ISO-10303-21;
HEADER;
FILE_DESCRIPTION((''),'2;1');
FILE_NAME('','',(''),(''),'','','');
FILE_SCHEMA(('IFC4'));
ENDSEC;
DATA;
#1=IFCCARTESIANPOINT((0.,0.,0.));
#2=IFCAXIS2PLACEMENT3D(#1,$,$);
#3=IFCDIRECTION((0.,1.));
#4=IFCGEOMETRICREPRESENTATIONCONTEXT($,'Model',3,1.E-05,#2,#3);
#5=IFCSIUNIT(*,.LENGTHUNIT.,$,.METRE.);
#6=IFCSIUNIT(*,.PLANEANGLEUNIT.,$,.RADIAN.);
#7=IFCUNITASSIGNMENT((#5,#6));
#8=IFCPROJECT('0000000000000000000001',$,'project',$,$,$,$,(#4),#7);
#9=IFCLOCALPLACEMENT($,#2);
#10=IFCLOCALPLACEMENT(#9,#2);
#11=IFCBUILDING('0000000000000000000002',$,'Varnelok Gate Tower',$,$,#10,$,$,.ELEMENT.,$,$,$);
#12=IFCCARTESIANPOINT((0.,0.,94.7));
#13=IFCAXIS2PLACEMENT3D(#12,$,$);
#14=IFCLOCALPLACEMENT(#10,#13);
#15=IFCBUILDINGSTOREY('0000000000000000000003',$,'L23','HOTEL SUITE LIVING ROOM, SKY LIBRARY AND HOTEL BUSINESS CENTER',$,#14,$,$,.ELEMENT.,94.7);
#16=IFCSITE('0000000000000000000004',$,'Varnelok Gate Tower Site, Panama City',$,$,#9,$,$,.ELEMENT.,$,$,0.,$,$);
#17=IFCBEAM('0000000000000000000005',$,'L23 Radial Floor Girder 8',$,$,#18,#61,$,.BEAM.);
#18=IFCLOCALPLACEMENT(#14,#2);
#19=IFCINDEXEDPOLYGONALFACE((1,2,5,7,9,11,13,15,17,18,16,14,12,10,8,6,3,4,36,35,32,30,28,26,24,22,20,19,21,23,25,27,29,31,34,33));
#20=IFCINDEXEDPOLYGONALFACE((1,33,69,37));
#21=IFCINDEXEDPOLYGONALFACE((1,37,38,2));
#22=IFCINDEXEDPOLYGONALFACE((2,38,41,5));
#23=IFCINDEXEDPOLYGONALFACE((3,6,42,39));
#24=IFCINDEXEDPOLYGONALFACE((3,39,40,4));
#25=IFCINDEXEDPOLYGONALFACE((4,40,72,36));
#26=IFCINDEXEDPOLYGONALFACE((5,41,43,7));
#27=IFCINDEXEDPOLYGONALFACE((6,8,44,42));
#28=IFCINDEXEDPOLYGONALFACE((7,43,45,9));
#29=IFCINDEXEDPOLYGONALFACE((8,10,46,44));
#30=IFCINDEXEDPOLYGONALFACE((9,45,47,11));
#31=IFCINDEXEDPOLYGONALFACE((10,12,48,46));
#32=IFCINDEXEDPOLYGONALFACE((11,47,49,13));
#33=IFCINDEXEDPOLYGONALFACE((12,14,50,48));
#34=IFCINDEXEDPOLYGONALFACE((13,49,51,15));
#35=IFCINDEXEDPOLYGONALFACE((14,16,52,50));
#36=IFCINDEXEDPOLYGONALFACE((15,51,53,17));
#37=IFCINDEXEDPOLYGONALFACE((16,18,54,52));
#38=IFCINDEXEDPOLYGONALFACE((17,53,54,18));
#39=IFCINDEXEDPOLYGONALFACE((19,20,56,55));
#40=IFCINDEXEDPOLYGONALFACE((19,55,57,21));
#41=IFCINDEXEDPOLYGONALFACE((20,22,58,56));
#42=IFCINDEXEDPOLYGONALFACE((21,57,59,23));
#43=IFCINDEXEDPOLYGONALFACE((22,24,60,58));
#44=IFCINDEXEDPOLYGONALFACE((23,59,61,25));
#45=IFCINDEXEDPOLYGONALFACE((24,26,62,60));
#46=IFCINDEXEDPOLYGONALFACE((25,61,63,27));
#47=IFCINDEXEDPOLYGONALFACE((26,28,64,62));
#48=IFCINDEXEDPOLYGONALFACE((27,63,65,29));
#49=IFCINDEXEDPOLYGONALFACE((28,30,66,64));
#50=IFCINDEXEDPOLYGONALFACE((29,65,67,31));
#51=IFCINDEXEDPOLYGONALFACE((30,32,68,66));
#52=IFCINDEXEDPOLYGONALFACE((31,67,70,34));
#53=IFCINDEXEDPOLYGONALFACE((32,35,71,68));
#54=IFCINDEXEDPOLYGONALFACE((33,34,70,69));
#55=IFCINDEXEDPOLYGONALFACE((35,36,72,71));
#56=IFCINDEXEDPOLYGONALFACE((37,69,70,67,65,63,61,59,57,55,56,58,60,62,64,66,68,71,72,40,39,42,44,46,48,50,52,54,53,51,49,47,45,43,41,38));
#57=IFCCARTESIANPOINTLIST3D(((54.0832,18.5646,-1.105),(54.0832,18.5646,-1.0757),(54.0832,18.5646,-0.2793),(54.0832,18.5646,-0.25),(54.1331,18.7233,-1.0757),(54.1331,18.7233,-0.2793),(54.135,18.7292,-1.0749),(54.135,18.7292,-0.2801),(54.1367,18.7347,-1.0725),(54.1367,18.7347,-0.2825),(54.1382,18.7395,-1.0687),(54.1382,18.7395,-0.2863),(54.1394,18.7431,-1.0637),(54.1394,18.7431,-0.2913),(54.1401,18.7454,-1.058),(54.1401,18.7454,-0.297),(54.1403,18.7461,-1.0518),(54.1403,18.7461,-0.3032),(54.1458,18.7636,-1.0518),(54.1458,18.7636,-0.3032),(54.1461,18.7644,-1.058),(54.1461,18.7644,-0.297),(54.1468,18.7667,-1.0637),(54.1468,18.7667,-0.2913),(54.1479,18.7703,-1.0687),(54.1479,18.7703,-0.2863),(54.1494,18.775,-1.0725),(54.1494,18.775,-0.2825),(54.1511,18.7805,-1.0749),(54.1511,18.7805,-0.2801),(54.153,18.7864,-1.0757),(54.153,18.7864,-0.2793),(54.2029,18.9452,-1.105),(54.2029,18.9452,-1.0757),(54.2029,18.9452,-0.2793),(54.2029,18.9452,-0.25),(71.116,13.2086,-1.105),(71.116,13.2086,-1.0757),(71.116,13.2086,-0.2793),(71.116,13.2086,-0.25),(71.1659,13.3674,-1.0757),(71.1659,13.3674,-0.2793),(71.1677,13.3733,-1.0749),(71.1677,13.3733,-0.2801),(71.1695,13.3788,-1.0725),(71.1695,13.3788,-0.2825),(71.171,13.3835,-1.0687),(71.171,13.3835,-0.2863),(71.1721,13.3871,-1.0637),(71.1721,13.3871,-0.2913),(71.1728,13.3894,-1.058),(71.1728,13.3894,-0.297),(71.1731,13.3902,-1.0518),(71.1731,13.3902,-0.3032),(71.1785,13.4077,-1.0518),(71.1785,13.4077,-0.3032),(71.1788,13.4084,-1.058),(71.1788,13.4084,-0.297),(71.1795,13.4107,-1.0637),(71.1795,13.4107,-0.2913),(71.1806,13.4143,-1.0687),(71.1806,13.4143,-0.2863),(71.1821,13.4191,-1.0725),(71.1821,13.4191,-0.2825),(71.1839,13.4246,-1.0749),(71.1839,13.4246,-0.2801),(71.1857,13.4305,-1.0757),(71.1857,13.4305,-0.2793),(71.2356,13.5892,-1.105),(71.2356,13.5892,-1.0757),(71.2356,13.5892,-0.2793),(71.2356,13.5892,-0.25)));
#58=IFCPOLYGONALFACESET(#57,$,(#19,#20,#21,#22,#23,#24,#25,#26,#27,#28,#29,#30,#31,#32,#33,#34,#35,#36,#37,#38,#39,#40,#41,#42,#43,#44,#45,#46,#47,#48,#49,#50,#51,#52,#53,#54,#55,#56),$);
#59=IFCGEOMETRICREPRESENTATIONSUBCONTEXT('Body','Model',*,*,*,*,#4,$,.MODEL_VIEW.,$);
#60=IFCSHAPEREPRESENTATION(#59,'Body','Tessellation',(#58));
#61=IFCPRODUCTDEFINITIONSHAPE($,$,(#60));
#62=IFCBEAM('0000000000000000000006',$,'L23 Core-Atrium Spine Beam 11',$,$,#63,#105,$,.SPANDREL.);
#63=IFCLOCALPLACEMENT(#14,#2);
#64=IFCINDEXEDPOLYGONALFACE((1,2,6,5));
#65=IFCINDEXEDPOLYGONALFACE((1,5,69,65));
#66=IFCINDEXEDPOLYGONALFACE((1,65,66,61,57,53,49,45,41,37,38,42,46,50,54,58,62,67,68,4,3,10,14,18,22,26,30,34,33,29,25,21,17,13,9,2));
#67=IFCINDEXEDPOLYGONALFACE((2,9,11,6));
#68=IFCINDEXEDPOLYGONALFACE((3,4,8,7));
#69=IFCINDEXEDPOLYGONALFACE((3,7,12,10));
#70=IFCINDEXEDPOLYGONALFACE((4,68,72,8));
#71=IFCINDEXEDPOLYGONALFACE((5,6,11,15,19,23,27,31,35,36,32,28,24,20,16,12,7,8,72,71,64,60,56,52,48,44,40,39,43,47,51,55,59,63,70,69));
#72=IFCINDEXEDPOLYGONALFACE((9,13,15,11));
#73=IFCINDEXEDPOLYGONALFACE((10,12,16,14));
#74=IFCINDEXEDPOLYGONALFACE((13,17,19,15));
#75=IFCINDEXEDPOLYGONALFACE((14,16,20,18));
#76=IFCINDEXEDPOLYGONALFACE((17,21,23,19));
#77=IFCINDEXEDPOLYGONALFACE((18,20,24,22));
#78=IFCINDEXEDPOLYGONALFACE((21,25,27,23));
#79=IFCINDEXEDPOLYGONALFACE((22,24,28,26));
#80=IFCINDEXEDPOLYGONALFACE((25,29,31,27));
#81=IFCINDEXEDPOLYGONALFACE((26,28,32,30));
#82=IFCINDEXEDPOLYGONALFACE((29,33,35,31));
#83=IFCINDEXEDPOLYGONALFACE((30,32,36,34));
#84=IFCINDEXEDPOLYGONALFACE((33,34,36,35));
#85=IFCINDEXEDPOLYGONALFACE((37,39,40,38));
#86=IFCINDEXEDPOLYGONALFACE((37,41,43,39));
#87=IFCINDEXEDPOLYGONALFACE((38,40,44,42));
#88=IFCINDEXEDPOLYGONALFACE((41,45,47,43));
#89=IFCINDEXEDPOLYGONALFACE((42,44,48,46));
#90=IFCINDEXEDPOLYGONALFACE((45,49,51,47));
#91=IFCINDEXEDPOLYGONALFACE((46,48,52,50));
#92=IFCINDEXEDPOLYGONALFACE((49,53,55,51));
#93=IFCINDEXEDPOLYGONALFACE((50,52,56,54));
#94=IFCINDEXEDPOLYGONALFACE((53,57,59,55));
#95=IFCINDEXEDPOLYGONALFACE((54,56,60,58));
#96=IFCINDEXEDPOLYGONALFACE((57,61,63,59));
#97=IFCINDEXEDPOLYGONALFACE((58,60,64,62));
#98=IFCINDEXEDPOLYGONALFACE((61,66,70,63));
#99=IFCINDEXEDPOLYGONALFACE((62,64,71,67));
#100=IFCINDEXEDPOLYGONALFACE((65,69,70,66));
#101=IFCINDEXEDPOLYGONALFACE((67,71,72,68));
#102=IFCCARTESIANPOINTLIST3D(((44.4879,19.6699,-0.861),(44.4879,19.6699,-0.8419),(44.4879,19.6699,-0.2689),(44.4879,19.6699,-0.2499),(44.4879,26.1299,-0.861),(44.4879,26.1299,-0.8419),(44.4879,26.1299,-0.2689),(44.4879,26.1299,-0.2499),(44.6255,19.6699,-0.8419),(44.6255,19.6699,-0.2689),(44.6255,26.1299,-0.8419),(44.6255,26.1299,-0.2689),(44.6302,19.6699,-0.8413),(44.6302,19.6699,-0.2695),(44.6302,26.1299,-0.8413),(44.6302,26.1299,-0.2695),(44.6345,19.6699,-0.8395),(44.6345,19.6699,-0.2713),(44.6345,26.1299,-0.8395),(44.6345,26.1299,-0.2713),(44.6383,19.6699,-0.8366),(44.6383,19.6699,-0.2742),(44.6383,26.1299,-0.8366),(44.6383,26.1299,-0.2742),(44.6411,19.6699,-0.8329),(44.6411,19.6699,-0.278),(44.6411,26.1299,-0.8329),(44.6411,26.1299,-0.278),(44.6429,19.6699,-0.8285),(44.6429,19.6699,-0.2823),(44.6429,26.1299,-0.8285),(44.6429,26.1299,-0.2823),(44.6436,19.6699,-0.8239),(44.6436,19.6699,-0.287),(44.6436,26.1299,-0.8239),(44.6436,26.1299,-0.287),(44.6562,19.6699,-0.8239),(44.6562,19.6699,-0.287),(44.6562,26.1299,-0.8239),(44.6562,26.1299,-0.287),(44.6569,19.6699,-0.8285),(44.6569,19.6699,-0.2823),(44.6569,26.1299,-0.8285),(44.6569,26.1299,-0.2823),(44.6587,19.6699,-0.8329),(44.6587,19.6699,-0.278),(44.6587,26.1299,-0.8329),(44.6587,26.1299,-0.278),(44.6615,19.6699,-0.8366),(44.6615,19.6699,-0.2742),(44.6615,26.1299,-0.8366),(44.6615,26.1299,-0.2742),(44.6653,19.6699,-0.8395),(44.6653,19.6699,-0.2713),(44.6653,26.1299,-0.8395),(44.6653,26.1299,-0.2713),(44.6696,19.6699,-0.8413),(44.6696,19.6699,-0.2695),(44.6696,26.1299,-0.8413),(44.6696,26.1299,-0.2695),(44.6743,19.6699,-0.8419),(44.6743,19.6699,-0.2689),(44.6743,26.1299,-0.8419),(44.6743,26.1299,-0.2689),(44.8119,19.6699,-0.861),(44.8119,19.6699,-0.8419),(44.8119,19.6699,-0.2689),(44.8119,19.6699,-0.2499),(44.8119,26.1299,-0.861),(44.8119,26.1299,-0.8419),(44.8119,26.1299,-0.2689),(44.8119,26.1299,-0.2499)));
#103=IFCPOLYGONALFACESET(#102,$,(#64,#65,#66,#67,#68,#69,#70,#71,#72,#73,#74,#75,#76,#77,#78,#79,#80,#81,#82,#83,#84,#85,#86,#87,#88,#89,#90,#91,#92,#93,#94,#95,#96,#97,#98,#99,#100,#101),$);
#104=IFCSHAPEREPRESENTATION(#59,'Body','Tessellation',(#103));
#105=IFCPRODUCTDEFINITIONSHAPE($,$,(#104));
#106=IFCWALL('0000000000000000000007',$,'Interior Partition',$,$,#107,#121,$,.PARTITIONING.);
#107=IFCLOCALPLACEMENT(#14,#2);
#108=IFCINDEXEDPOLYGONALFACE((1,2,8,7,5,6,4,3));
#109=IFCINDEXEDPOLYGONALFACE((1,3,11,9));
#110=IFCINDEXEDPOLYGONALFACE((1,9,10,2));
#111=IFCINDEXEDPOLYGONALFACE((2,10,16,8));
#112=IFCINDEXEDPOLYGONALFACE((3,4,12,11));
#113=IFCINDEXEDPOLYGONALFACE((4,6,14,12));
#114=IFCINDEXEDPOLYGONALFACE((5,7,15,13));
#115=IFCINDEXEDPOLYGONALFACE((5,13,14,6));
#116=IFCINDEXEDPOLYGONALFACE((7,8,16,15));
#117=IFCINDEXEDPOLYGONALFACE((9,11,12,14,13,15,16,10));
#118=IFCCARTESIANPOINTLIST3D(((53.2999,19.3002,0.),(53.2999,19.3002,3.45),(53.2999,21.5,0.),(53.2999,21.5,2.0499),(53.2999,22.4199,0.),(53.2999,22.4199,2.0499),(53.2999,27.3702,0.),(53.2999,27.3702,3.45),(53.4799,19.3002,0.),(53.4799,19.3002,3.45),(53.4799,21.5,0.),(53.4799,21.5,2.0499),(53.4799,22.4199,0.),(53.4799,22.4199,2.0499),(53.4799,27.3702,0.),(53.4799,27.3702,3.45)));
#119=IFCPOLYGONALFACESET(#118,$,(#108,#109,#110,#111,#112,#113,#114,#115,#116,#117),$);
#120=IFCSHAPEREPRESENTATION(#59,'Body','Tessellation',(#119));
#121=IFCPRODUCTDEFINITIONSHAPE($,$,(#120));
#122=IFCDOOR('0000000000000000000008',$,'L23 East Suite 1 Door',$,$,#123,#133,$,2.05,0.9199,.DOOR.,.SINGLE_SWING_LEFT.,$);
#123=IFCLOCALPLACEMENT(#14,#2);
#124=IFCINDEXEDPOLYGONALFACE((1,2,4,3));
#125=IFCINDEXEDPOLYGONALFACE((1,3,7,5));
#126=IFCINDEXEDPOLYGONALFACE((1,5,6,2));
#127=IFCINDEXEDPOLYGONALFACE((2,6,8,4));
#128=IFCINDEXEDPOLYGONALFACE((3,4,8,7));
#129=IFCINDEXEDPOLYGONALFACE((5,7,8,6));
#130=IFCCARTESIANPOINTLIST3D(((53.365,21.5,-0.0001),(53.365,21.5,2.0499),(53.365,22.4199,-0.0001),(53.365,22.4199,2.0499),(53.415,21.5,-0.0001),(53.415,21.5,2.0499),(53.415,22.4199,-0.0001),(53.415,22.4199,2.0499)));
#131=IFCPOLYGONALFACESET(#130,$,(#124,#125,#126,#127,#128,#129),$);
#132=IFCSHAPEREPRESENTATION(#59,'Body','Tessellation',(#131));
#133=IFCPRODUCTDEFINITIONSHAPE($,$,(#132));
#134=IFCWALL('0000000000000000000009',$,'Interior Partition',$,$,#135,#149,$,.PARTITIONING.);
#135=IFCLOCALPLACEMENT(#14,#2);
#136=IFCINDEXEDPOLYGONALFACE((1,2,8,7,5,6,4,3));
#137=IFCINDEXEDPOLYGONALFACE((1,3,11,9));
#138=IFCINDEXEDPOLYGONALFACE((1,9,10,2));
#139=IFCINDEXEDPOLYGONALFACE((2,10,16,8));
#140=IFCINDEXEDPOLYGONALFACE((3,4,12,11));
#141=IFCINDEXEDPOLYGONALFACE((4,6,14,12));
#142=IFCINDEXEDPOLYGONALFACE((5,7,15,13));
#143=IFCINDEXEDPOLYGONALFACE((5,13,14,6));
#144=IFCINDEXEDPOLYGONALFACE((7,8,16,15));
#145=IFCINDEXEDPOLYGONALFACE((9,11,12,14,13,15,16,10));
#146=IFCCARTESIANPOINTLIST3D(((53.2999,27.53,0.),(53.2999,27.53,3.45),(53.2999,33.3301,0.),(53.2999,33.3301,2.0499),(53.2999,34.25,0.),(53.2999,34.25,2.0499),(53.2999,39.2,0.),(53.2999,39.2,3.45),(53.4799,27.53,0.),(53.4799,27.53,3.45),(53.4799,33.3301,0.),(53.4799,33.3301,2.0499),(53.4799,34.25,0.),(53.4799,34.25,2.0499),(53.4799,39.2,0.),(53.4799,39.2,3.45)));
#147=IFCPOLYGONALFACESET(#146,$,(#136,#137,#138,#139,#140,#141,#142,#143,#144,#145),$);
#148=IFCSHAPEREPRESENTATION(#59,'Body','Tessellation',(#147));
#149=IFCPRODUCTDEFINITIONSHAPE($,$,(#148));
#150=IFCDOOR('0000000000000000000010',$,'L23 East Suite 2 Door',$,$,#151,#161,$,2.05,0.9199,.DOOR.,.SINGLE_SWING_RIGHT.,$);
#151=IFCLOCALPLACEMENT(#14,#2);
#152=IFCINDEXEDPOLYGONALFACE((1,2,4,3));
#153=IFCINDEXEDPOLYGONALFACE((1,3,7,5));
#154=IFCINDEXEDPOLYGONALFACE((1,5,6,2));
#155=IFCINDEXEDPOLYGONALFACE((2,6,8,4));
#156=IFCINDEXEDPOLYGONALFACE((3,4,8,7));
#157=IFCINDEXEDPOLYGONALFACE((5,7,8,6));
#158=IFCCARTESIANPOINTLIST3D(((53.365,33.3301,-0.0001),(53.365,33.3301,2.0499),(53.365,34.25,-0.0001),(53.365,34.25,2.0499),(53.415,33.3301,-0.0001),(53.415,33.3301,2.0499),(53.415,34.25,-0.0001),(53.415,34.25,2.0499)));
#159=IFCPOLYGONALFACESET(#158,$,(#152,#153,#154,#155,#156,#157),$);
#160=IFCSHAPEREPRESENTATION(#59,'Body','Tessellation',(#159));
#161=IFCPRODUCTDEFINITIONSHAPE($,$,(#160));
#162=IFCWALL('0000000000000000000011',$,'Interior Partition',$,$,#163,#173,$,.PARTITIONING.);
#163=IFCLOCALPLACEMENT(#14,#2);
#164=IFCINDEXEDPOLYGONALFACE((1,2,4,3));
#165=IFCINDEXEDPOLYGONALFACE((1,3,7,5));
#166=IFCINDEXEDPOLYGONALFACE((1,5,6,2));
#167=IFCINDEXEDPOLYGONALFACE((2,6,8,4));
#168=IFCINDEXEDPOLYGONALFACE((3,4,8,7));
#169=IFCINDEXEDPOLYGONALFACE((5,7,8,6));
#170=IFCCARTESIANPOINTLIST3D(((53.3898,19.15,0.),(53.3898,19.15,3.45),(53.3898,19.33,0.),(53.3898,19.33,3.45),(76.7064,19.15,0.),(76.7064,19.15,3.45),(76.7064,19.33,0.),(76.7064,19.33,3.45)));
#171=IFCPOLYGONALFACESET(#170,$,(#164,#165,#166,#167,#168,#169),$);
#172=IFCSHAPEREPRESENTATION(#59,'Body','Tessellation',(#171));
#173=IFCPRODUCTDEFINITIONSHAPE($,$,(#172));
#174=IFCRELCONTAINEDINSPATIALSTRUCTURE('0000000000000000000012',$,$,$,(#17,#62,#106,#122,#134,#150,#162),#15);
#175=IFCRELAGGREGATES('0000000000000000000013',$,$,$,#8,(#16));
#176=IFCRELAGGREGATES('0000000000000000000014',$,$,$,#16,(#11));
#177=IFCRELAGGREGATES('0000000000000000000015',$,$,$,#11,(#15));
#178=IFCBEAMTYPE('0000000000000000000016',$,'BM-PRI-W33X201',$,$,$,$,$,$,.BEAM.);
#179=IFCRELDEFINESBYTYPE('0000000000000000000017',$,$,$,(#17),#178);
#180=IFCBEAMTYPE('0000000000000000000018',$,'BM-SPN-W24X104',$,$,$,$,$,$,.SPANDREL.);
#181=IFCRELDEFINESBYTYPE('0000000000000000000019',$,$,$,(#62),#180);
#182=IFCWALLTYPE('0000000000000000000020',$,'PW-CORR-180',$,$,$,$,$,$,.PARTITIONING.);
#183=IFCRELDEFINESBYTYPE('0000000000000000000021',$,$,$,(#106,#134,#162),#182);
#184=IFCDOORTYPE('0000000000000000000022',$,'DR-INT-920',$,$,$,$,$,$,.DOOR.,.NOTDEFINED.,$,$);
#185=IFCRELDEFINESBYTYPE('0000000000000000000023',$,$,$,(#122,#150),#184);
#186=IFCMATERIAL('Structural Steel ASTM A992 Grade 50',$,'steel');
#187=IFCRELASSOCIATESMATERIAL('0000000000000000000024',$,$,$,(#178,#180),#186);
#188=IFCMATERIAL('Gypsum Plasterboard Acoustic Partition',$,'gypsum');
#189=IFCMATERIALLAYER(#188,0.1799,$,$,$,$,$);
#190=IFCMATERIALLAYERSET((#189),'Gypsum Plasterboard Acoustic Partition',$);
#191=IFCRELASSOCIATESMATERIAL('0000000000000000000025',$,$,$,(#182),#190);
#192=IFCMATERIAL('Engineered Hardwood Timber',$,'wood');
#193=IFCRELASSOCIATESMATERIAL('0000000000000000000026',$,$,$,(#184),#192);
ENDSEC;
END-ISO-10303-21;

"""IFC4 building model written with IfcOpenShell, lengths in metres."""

from ifc_helpers import new_model, si_unit, direction, frame, frame_2d, origin, origin_2d, place, context, subcontext, project, spatial, rectangle, i_section, extrude, material, layer, layer_set, material_profile, profile_set, type_object, element, fill, save


model = new_model("IFC4")

# Units and contexts
model_context = context("Model", 3, precision=1e-05, world=origin(), true_north=direction((0.0, 1.0)))
body_context = subcontext(model_context, "Body", "Model", "MODEL_VIEW")
ifc_project = project(units=[si_unit("LENGTHUNIT", "METRE"), si_unit("PLANEANGLEUNIT", "RADIAN")], contexts=[model_context])

# Site, building, storey
site_placement = place(None, origin())
site = spatial("IfcSite", under=ifc_project, at=site_placement, Name="Varnelok Gate Tower Site, Panama City", CompositionType="ELEMENT", RefElevation=0.0)
building_placement = place(site_placement, origin())
building = spatial("IfcBuilding", under=site, at=building_placement, Name="Varnelok Gate Tower", CompositionType="ELEMENT")
storey_placement = place(building_placement, frame((0.0, 0.0, 94.7)))
storey = spatial("IfcBuildingStorey", under=building, at=storey_placement, Name="L23", Description="HOTEL SUITE LIVING ROOM, SKY LIBRARY AND HOTEL BUSINESS CENTER", CompositionType="ELEMENT", Elevation=94.7)

# Shared definitions
ifc_material_1 = material(Name="Structural Steel ASTM A992 Grade 50", Category="steel")

# Beams
ifc_material_profile_1 = material_profile(ifc_material_1, i_section(OverallWidth=0.3989, OverallDepth=0.855, WebThickness=0.0183, FlangeThickness=0.0293, FilletRadius=0.0239, at=origin_2d()), Name="W33X201")
ifc_profile_set_1 = profile_set([ifc_material_profile_1], Name="Structural Steel ASTM A992 Grade 50")
beam_type_1 = type_object("IfcBeamType", Name="BM-PRI-W33X201", PredefinedType="BEAM", material=ifc_profile_set_1)
beam_1_placement = place(storey_placement, frame((54.1431, 18.7549, -0.6775), z_axis=(0.953949, -0.29997, 0.0), x_axis=(0.29997, 0.953949, 0.0)))
element("IfcBeam", 1, at=beam_1_placement, inside=storey, type_object=beam_type_1, Name="L23 Radial Floor Girder 8", PredefinedType="BEAM", context=body_context, shape_type="SweptSolid", body=[
    extrude(i_section(OverallWidth=0.3989, OverallDepth=0.855, WebThickness=0.0183, FlangeThickness=0.0293, FilletRadius=0.0239, at=origin_2d()), origin(), (0.0, 0.0, 1.0), 17.855),
])
ifc_material_profile_2 = material_profile(ifc_material_1, i_section(OverallWidth=0.324, OverallDepth=0.6111, WebThickness=0.0127, FlangeThickness=0.019, FilletRadius=0.0181, at=origin_2d()), Name="W24X104")
ifc_profile_set_2 = profile_set([ifc_material_profile_2], Name="Structural Steel ASTM A992 Grade 50")
beam_type_2 = type_object("IfcBeamType", Name="BM-SPN-W24X104", PredefinedType="SPANDREL", material=ifc_profile_set_2)
beam_2_placement = place(storey_placement, frame((44.6499, 19.6699, -0.5554), z_axis=(0.0, 1.0, 0.0), x_axis=(-1.0, 0.0, 0.0)))
element("IfcBeam", 2, at=beam_2_placement, inside=storey, type_object=beam_type_2, Name="L23 Core-Atrium Spine Beam 11", PredefinedType="SPANDREL", context=body_context, shape_type="SweptSolid", body=[
    extrude(i_section(OverallWidth=0.324, OverallDepth=0.6111, WebThickness=0.0127, FlangeThickness=0.019, FilletRadius=0.0181, at=origin_2d()), origin(), (0.0, 0.0, 1.0), 6.46),
])

# Walls, openings, doors
ifc_material_2 = material(Name="Gypsum Plasterboard Acoustic Partition", Category="gypsum")
ifc_layer_1 = layer(ifc_material_2, 0.1799)
ifc_layer_set_1 = layer_set([ifc_layer_1], Name="Gypsum Plasterboard Acoustic Partition")
wall_type_1 = type_object("IfcWallType", Name="PW-CORR-180", PredefinedType="PARTITIONING", material=ifc_layer_set_1)
wall_1_placement = place(storey_placement, frame((53.3899, 19.3, 0.0), z_axis=(0.0, 0.0, 1.0), x_axis=(0.0, 1.0, 0.0)))
wall_1 = element("IfcWall", 3, at=wall_1_placement, inside=storey, type_object=wall_type_1, Name="Interior Partition", PredefinedType="PARTITIONING", context=body_context, shape_type="SweptSolid", body=[
    extrude(rectangle(XDim=8.0701, YDim=0.1799, at=frame_2d((4.0352, 0.0))), origin(), (0.0, 0.0, 1.0), 3.45),
])
opening_1_placement = place(wall_1_placement, frame((2.2, 0.0, 0.0)))
opening_1 = element("IfcOpeningElement", 4, at=opening_1_placement, cuts=wall_1, PredefinedType="OPENING", context=body_context, shape_type="SweptSolid", body=[
    extrude(rectangle(XDim=0.9199, YDim=2.05, at=frame_2d((0.46, 1.0249))), frame((0.0, 0.0999, 0.0), z_axis=(0.0, -1.0, 0.0), x_axis=(1.0, 0.0, 0.0)), (0.0, 0.0, 1.0), 0.2),
])
ifc_material_3 = material(Name="Engineered Hardwood Timber", Category="wood")
door_type = type_object("IfcDoorType", Name="DR-INT-920", OperationType="NOTDEFINED", PredefinedType="DOOR", material=ifc_material_3)
door_1_placement = place(opening_1_placement, origin())
door_1 = element("IfcDoor", 5, at=door_1_placement, inside=storey, type_object=door_type, Name="L23 East Suite 1 Door", OperationType="SINGLE_SWING_LEFT", OverallHeight=2.05, OverallWidth=0.9199, PredefinedType="DOOR", context=body_context, shape_type="SweptSolid", body=[
    extrude(rectangle(XDim=0.9199, YDim=2.05, at=frame_2d((0.46, 1.0249))), frame((0.0, 0.0249, 0.0), z_axis=(0.0, -1.0, 0.0), x_axis=(1.0, 0.0, 0.0)), (0.0, 0.0, 1.0), 0.05),
])
fill(opening_1, door_1)
wall_2_placement = place(storey_placement, frame((53.3899, 27.53, 0.0), z_axis=(0.0, 0.0, 1.0), x_axis=(0.0, 1.0, 0.0)))
wall_2 = element("IfcWall", 6, at=wall_2_placement, inside=storey, type_object=wall_type_1, Name="Interior Partition", PredefinedType="PARTITIONING", context=body_context, shape_type="SweptSolid", body=[
    extrude(rectangle(XDim=11.6699, YDim=0.1799, at=frame_2d((5.835, 0.0))), origin(), (0.0, 0.0, 1.0), 3.45),
])
opening_2_placement = place(wall_2_placement, frame((5.8, 0.0, 0.0)))
opening_2 = element("IfcOpeningElement", 7, at=opening_2_placement, cuts=wall_2, PredefinedType="OPENING", context=body_context, shape_type="SweptSolid", body=[
    extrude(rectangle(XDim=0.9199, YDim=2.05, at=frame_2d((0.46, 1.0249))), frame((0.0, 0.0999, 0.0), z_axis=(0.0, -1.0, 0.0), x_axis=(1.0, 0.0, 0.0)), (0.0, 0.0, 1.0), 0.2),
])
door_2_placement = place(opening_2_placement, origin())
door_2 = element("IfcDoor", 8, at=door_2_placement, inside=storey, type_object=door_type, Name="L23 East Suite 2 Door", OperationType="SINGLE_SWING_RIGHT", OverallHeight=2.05, OverallWidth=0.9199, PredefinedType="DOOR", context=body_context, shape_type="SweptSolid", body=[
    extrude(rectangle(XDim=0.9199, YDim=2.05, at=frame_2d((0.46, 1.0249))), frame((0.0, 0.0249, 0.0), z_axis=(0.0, -1.0, 0.0), x_axis=(1.0, 0.0, 0.0)), (0.0, 0.0, 1.0), 0.05),
])
fill(opening_2, door_2)

# Wall
wall_3_placement = place(storey_placement, frame((53.3899, 19.24, 0.0), z_axis=(0.0, 0.0, 1.0), x_axis=(1.0, 0.0, 0.0)))
element("IfcWall", 9, at=wall_3_placement, inside=storey, type_object=wall_type_1, Name="Interior Partition", PredefinedType="PARTITIONING", context=body_context, shape_type="SweptSolid", body=[
    extrude(rectangle(XDim=23.3167, YDim=0.1799, at=frame_2d((11.6582, 0.0))), origin(), (0.0, 0.0, 1.0), 3.45),
])

save(model, "model.ifc")
